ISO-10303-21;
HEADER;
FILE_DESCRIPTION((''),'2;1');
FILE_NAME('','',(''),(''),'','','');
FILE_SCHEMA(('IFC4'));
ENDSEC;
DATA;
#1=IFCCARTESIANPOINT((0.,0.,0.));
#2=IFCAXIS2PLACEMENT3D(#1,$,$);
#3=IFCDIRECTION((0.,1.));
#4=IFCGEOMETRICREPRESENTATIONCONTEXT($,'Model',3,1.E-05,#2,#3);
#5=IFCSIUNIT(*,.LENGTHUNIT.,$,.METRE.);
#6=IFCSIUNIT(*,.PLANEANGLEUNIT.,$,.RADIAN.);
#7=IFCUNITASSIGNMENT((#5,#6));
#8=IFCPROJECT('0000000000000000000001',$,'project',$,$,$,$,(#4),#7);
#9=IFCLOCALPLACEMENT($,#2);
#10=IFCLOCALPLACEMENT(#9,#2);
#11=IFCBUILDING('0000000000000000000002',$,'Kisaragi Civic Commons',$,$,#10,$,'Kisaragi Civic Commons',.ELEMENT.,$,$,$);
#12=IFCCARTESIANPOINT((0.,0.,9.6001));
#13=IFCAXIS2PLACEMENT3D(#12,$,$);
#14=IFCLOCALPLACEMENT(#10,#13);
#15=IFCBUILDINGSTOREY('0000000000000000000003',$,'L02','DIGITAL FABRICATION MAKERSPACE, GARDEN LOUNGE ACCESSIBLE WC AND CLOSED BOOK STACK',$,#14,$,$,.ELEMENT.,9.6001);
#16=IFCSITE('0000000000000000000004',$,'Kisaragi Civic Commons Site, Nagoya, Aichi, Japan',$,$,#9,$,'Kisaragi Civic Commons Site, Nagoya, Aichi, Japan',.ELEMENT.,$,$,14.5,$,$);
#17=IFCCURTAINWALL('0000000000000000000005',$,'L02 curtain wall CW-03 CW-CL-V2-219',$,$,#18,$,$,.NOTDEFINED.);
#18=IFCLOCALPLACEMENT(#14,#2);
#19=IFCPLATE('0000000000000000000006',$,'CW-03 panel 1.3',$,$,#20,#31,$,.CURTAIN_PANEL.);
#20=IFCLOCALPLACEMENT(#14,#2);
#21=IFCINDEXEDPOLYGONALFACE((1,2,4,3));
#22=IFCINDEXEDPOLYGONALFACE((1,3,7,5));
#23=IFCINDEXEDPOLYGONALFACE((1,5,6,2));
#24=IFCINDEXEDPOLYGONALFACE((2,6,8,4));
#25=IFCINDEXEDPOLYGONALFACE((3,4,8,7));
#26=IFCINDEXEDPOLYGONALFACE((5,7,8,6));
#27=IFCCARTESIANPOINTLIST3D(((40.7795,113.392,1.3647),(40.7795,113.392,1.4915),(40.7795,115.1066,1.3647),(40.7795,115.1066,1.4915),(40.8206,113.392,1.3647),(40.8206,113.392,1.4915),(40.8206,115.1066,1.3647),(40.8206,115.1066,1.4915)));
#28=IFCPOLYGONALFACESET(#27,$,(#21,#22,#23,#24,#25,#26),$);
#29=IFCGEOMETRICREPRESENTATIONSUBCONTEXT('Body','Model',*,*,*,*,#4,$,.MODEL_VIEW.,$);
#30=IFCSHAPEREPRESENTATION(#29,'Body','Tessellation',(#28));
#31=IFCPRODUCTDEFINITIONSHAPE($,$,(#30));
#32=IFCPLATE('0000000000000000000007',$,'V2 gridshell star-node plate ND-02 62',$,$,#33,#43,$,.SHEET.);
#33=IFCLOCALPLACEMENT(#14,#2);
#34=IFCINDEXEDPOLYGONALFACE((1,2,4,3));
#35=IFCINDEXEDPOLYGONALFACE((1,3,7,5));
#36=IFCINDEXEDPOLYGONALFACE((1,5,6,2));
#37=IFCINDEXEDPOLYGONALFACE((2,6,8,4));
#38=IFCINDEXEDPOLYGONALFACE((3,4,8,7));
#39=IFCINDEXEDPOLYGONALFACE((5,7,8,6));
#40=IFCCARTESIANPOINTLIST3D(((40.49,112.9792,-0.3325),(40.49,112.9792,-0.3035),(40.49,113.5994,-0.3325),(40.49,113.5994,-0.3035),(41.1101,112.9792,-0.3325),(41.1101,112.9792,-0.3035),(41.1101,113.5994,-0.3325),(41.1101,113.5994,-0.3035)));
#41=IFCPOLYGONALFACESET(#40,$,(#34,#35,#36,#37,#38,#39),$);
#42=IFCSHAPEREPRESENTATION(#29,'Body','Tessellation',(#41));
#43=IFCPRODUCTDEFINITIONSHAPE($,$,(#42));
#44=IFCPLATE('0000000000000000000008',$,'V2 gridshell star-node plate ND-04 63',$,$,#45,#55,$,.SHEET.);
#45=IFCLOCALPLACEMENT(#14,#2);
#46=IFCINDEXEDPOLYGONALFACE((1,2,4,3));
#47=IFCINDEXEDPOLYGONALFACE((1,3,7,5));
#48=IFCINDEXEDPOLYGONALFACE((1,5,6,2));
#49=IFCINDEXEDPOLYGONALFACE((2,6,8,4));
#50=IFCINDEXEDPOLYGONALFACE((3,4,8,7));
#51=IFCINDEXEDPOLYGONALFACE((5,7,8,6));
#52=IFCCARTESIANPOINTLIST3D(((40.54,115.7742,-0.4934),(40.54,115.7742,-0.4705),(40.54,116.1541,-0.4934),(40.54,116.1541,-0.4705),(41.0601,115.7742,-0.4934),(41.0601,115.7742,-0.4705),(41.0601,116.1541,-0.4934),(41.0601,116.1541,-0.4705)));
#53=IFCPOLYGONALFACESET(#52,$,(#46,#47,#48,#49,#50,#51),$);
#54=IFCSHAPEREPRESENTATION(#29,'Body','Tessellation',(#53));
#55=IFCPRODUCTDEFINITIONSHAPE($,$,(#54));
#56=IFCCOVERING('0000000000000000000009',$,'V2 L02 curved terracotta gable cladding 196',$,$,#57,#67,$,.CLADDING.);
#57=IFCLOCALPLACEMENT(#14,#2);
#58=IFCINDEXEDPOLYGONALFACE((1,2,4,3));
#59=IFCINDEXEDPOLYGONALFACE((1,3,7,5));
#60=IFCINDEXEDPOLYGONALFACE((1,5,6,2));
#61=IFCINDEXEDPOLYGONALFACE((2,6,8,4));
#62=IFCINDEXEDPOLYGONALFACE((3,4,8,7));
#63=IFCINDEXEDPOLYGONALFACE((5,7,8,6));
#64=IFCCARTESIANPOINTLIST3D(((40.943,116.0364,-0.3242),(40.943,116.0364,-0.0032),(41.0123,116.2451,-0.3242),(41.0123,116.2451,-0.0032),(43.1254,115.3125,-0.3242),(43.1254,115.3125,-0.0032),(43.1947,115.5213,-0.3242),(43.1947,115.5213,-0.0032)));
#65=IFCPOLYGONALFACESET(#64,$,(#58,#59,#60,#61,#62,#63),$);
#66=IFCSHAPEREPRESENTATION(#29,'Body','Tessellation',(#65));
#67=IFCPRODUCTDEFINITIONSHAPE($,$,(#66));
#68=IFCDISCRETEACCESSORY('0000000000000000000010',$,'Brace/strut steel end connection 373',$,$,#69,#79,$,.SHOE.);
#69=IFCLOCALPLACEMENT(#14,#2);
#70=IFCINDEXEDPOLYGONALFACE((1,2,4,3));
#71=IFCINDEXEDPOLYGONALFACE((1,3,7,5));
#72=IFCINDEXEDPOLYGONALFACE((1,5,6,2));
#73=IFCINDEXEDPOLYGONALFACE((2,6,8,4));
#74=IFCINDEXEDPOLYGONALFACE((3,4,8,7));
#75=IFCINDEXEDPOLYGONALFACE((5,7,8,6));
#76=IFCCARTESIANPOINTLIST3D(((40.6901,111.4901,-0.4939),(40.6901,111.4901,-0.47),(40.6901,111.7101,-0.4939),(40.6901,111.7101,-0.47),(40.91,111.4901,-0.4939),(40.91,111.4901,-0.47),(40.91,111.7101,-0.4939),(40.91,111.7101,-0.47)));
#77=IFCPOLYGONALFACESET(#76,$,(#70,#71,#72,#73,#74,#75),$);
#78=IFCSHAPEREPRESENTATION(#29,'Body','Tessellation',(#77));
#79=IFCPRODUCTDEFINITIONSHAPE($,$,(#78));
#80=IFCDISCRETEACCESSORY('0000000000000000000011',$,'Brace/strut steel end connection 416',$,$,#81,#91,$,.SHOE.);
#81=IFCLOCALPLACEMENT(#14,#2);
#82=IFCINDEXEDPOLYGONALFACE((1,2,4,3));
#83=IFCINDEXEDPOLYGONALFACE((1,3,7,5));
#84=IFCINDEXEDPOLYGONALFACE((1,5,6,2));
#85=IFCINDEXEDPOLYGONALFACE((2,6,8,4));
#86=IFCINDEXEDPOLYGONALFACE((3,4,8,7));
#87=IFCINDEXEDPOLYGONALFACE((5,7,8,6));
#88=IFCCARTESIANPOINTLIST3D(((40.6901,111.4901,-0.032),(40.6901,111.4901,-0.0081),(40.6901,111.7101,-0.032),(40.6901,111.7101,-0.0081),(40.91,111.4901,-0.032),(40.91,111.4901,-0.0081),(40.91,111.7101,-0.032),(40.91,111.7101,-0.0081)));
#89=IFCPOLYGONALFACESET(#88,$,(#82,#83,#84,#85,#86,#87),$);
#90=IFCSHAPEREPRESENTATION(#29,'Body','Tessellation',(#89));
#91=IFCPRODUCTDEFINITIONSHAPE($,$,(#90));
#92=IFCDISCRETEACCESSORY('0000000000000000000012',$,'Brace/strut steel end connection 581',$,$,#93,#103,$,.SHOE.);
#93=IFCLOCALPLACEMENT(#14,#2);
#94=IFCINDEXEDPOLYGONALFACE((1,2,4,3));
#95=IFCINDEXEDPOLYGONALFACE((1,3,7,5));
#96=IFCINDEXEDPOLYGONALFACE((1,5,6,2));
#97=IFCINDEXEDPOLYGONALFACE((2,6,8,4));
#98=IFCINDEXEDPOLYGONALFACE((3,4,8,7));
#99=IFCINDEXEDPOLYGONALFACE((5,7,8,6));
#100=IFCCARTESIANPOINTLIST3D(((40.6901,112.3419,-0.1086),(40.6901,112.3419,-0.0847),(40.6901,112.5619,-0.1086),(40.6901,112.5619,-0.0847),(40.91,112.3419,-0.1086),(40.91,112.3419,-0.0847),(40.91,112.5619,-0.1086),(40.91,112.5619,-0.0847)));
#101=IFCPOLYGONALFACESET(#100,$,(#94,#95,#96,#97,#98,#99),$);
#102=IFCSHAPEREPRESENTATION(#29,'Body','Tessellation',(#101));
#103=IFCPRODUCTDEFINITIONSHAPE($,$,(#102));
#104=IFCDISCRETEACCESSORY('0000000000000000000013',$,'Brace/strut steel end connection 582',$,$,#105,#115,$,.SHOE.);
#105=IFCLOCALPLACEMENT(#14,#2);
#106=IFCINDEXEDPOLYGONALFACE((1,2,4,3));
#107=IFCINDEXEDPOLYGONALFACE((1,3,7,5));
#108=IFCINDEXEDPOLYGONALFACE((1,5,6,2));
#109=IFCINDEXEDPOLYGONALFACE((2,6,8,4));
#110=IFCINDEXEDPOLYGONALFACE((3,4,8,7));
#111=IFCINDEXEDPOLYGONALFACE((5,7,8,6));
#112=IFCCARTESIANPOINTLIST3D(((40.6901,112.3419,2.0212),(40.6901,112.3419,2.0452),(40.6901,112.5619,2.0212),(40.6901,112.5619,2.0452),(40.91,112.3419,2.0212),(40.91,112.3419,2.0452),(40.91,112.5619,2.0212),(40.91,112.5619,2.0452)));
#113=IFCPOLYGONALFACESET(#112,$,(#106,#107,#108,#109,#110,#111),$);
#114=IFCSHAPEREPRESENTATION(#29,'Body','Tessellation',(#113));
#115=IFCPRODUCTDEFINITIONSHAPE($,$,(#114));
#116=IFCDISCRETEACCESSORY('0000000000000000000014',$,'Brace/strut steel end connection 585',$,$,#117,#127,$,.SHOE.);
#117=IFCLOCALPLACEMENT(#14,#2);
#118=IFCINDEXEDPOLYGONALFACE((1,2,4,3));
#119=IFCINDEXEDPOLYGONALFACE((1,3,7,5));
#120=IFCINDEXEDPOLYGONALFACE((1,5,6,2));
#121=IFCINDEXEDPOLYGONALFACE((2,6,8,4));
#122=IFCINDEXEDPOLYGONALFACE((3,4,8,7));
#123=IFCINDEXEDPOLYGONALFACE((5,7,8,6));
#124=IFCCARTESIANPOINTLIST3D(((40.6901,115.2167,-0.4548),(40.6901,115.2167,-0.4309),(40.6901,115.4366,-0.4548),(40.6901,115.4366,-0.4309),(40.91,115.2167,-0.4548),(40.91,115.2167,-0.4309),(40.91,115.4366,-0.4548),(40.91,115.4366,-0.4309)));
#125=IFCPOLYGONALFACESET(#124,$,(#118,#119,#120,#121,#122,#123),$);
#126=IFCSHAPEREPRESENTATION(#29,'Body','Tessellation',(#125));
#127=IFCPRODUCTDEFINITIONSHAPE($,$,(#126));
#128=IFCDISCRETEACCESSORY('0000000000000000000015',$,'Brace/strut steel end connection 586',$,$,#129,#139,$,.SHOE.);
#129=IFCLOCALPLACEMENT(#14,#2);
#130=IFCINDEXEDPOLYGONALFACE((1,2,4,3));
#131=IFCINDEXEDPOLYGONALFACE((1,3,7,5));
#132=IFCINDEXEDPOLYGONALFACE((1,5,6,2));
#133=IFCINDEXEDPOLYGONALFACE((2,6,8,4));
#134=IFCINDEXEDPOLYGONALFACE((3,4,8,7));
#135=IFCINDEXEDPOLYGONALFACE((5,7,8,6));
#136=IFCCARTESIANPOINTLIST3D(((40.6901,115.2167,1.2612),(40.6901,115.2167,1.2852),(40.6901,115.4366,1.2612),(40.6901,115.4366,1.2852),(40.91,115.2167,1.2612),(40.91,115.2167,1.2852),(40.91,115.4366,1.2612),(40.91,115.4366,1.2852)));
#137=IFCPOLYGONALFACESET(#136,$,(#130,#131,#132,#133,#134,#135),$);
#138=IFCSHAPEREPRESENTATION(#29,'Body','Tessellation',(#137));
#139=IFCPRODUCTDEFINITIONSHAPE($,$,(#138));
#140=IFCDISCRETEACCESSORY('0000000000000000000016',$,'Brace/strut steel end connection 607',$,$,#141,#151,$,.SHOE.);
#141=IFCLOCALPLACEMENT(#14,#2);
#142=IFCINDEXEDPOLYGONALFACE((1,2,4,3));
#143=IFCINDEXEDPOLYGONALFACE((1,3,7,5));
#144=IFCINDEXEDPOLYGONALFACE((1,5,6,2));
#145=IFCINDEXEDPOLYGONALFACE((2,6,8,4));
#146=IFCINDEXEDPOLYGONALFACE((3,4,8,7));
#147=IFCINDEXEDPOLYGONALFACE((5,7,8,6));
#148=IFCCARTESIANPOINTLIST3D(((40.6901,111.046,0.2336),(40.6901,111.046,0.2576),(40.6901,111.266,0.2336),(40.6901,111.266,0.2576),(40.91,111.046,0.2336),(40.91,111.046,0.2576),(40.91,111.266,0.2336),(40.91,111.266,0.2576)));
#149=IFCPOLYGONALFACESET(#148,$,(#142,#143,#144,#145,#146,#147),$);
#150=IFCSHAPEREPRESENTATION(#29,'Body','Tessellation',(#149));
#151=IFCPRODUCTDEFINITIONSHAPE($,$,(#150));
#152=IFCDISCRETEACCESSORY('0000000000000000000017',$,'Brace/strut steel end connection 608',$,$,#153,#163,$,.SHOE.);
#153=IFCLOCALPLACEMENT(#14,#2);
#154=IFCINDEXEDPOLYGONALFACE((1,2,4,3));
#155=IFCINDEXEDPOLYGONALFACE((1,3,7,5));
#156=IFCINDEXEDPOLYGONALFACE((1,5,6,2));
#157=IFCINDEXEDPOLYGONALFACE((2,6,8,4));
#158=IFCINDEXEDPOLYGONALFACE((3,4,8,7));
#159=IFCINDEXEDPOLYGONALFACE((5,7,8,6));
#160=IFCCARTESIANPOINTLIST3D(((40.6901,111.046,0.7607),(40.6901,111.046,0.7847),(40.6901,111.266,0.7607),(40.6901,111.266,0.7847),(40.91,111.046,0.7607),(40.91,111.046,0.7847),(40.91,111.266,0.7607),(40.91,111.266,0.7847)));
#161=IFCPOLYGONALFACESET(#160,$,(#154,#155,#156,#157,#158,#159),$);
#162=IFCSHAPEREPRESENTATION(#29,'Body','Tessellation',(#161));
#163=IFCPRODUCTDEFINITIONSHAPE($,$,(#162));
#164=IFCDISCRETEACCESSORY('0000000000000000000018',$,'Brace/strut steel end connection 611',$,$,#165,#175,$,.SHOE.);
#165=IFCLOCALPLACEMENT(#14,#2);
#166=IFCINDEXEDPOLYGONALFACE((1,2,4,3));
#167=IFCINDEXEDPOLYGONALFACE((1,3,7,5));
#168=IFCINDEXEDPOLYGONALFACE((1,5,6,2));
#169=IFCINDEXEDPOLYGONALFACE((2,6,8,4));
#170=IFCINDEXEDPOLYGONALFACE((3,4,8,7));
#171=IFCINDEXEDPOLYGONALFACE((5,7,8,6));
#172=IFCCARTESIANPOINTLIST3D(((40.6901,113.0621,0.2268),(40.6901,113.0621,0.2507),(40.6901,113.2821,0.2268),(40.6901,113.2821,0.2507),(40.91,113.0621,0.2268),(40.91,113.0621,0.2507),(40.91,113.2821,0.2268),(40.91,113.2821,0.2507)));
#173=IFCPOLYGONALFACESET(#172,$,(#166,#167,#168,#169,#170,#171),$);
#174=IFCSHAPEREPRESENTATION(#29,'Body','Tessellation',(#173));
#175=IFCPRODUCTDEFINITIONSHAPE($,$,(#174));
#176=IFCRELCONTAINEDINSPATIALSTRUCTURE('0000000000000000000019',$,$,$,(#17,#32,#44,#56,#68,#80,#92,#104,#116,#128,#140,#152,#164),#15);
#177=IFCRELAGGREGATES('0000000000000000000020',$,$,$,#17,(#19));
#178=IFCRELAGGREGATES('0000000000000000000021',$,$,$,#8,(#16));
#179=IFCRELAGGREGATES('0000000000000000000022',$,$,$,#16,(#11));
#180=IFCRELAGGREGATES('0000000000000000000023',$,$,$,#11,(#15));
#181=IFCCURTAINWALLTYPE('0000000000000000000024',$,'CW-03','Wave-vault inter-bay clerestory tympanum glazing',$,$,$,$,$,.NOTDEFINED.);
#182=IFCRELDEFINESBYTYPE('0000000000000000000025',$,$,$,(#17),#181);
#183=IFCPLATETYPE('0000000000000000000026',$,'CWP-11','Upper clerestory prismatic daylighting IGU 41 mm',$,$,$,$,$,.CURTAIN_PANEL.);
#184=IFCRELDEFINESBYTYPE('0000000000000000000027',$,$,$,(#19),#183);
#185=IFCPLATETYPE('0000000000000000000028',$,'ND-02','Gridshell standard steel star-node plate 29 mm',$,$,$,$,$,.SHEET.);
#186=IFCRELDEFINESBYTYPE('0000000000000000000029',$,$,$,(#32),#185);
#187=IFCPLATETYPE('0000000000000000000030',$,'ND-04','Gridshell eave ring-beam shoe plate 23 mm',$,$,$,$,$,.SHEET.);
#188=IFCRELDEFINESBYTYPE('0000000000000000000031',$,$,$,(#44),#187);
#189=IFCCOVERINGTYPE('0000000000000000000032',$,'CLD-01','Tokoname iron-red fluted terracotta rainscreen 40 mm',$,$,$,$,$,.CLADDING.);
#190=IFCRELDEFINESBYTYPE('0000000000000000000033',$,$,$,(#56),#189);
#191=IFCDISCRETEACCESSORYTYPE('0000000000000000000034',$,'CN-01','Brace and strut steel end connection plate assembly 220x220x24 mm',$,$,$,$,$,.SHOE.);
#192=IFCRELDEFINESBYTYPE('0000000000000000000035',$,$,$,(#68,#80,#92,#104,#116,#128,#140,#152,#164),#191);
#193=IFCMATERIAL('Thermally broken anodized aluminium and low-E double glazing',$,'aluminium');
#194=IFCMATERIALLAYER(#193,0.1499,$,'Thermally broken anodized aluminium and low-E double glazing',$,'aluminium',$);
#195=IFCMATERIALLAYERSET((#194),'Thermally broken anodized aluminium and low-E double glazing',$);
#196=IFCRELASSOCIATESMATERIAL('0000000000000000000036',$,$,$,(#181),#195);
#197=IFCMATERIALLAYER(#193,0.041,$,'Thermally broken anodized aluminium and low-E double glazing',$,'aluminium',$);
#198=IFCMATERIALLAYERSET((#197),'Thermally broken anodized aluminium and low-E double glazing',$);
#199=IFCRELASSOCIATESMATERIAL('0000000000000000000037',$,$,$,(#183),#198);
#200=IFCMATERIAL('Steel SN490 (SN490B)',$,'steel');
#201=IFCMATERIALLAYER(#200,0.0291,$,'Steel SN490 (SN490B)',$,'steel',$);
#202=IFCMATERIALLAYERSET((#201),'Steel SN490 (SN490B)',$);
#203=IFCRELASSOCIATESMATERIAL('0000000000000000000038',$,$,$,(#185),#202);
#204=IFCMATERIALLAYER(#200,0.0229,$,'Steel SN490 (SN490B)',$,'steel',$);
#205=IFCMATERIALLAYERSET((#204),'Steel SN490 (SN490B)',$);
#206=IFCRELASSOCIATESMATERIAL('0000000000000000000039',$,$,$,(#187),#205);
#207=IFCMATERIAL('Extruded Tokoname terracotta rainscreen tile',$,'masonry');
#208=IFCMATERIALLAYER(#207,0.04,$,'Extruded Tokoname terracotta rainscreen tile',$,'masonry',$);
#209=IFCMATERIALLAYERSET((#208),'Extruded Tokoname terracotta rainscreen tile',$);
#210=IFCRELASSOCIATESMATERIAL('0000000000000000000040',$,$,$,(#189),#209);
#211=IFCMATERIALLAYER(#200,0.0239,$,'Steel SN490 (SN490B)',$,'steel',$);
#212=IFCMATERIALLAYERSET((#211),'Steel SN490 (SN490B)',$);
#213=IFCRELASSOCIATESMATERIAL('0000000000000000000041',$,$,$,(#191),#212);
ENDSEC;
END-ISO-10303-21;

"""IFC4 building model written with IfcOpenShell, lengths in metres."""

from ifc_helpers import new_model, si_unit, direction, frame, origin, origin_2d, place, context, subcontext, project, spatial, rectangle, extrude, material, layer, layer_set, type_object, element, aggregate, save


model = new_model("IFC4")

# Units and contexts
model_context = context("Model", 3, precision=1e-05, world=origin(), true_north=direction((0.0, 1.0)))
body_context = subcontext(model_context, "Body", "Model", "MODEL_VIEW")
ifc_project = project(units=[si_unit("LENGTHUNIT", "METRE"), si_unit("PLANEANGLEUNIT", "RADIAN")], contexts=[model_context])

# Site, building, storey
site_placement = place(None, origin())
site = spatial("IfcSite", under=ifc_project, at=site_placement, Name="Kisaragi Civic Commons Site, Nagoya, Aichi, Japan", LongName="Kisaragi Civic Commons Site, Nagoya, Aichi, Japan", CompositionType="ELEMENT", RefElevation=14.5)
building_placement = place(site_placement, origin())
building = spatial("IfcBuilding", under=site, at=building_placement, Name="Kisaragi Civic Commons", LongName="Kisaragi Civic Commons", CompositionType="ELEMENT")
storey_placement = place(building_placement, frame((0.0, 0.0, 9.6001)))
storey = spatial("IfcBuildingStorey", under=building, at=storey_placement, Name="L02", Description="DIGITAL FABRICATION MAKERSPACE, GARDEN LOUNGE ACCESSIBLE WC AND CLOSED BOOK STACK", CompositionType="ELEMENT", Elevation=9.6001)

# Curtain wall
ifc_material_1 = material(Name="Thermally broken anodized aluminium and low-E double glazing", Category="aluminium")
ifc_layer_1 = layer(ifc_material_1, 0.1499, Name="Thermally broken anodized aluminium and low-E double glazing", Category="aluminium")
ifc_layer_set_1 = layer_set([ifc_layer_1], Name="Thermally broken anodized aluminium and low-E double glazing")
curtain_wall_type = type_object("IfcCurtainWallType", Name="CW-03", Description="Wave-vault inter-bay clerestory tympanum glazing", PredefinedType="NOTDEFINED", material=ifc_layer_set_1)
curtain_wall_placement = place(storey_placement, origin())
curtain_wall = element("IfcCurtainWall", 1, at=curtain_wall_placement, inside=storey, type_object=curtain_wall_type, Name="L02 curtain wall CW-03 CW-CL-V2-219", PredefinedType="NOTDEFINED")

# Shared definitions
ifc_material_2 = material(Name="Steel SN490 (SN490B)", Category="steel")

# Plate
ifc_layer_2 = layer(ifc_material_1, 0.041, Name="Thermally broken anodized aluminium and low-E double glazing", Category="aluminium")
ifc_layer_set_2 = layer_set([ifc_layer_2], Name="Thermally broken anodized aluminium and low-E double glazing")
plate_type_1 = type_object("IfcPlateType", Name="CWP-11", Description="Upper clerestory prismatic daylighting IGU 41 mm", PredefinedType="CURTAIN_PANEL", material=ifc_layer_set_2)
plate_1_placement = place(storey_placement, frame((40.8, 114.2493, 1.3647), z_axis=(0.0, 0.0, 1.0), x_axis=(0.0, 1.0, 0.0)))
plate_1 = element("IfcPlate", 2, at=plate_1_placement, type_object=plate_type_1, Name="CW-03 panel 1.3", PredefinedType="CURTAIN_PANEL", context=body_context, shape_type="SweptSolid", body=[
    extrude(rectangle(XDim=1.7146, YDim=0.041, at=origin_2d()), origin(), (0.0, 0.0, 1.0), 0.1267),
])
aggregate(curtain_wall, [plate_1])

# Plates
ifc_layer_3 = layer(ifc_material_2, 0.0291, Name="Steel SN490 (SN490B)", Category="steel")
ifc_layer_set_3 = layer_set([ifc_layer_3], Name="Steel SN490 (SN490B)")
plate_type_2 = type_object("IfcPlateType", Name="ND-02", Description="Gridshell standard steel star-node plate 29 mm", PredefinedType="SHEET", material=ifc_layer_set_3)
plate_2_placement = place(storey_placement, frame((40.8, 113.2893, -0.3325), z_axis=(0.0, 0.0, 1.0), x_axis=(1.0, 0.0, 0.0)))
element("IfcPlate", 3, at=plate_2_placement, inside=storey, type_object=plate_type_2, Name="V2 gridshell star-node plate ND-02 62", PredefinedType="SHEET", context=body_context, shape_type="SweptSolid", body=[
    extrude(rectangle(XDim=0.6201, YDim=0.6201, at=origin_2d()), origin(), (0.0, 0.0, 1.0), 0.0291),
])
ifc_layer_4 = layer(ifc_material_2, 0.0229, Name="Steel SN490 (SN490B)", Category="steel")
ifc_layer_set_4 = layer_set([ifc_layer_4], Name="Steel SN490 (SN490B)")
plate_type_3 = type_object("IfcPlateType", Name="ND-04", Description="Gridshell eave ring-beam shoe plate 23 mm", PredefinedType="SHEET", material=ifc_layer_set_4)
plate_3_placement = place(storey_placement, frame((40.8, 115.9641, -0.4934), z_axis=(0.0, 0.0, 1.0), x_axis=(1.0, 0.0, 0.0)))
element("IfcPlate", 4, at=plate_3_placement, inside=storey, type_object=plate_type_3, Name="V2 gridshell star-node plate ND-04 63", PredefinedType="SHEET", context=body_context, shape_type="SweptSolid", body=[
    extrude(rectangle(XDim=0.52, YDim=0.3799, at=origin_2d()), origin(), (0.0, 0.0, 1.0), 0.0229),
])

# Covering
ifc_material_3 = material(Name="Extruded Tokoname terracotta rainscreen tile", Category="masonry")
ifc_layer_5 = layer(ifc_material_3, 0.04, Name="Extruded Tokoname terracotta rainscreen tile", Category="masonry")
ifc_layer_set_5 = layer_set([ifc_layer_5], Name="Extruded Tokoname terracotta rainscreen tile")
covering_type = type_object("IfcCoveringType", Name="CLD-01", Description="Tokoname iron-red fluted terracotta rainscreen 40 mm", PredefinedType="CLADDING", material=ifc_layer_set_5)
covering_placement = place(storey_placement, frame((42.0688, 115.7788, -0.3242), z_axis=(0.0, 0.0, 1.0), x_axis=(0.949151, -0.314821, 0.0)))
element("IfcCovering", 5, at=covering_placement, inside=storey, type_object=covering_type, Name="V2 L02 curved terracotta gable cladding 196", PredefinedType="CLADDING", context=body_context, shape_type="SweptSolid", body=[
    extrude(rectangle(XDim=2.2993, YDim=0.22, at=origin_2d()), origin(), (0.0, 0.0, 1.0), 0.321),
])

# Discrete accessories
ifc_layer_6 = layer(ifc_material_2, 0.0239, Name="Steel SN490 (SN490B)", Category="steel")
ifc_layer_set_6 = layer_set([ifc_layer_6], Name="Steel SN490 (SN490B)")
discrete_accessory_type = type_object("IfcDiscreteAccessoryType", Name="CN-01", Description="Brace and strut steel end connection plate assembly 220x220x24 mm", PredefinedType="SHOE", material=ifc_layer_set_6)
for number, where, z_axis, x_axis, name in (
    (6, (40.8, 111.6001, -0.4939), (0.0, 0.0, 1.0), (1.0, 0.0, 0.0), "Brace/strut steel end connection 373"),
    (7, (40.8, 111.6001, -0.032), (0.0, 0.0, 1.0), (1.0, 0.0, 0.0), "Brace/strut steel end connection 416"),
    (8, (40.8, 112.4519, -0.1086), (0.0, 0.0, 1.0), (1.0, 0.0, 0.0), "Brace/strut steel end connection 581"),
    (9, (40.8, 112.4519, 2.0212), (0.0, 0.0, 1.0), (1.0, 0.0, 0.0), "Brace/strut steel end connection 582"),
    (10, (40.8, 115.3267, -0.4548), (0.0, 0.0, 1.0), (1.0, 0.0, 0.0), "Brace/strut steel end connection 585"),
    (11, (40.8, 115.3267, 1.2612), (0.0, 0.0, 1.0), (1.0, 0.0, 0.0), "Brace/strut steel end connection 586"),
    (12, (40.8, 111.156, 0.2336), (0.0, 0.0, 1.0), (1.0, 0.0, 0.0), "Brace/strut steel end connection 607"),
    (13, (40.8, 111.156, 0.7607), (0.0, 0.0, 1.0), (1.0, 0.0, 0.0), "Brace/strut steel end connection 608"),
    (14, (40.8, 113.1721, 0.2268), (0.0, 0.0, 1.0), (1.0, 0.0, 0.0), "Brace/strut steel end connection 611"),
):
    element("IfcDiscreteAccessory", number, at=place(storey_placement, frame(where, z_axis=z_axis, x_axis=x_axis)), inside=storey, type_object=discrete_accessory_type, Name=name, PredefinedType="SHOE", context=body_context, shape_type="SweptSolid", body=[
        extrude(rectangle(XDim=0.22, YDim=0.22, at=origin_2d()), origin(), (0.0, 0.0, 1.0), 0.0239),
    ])

save(model, "model.ifc")
